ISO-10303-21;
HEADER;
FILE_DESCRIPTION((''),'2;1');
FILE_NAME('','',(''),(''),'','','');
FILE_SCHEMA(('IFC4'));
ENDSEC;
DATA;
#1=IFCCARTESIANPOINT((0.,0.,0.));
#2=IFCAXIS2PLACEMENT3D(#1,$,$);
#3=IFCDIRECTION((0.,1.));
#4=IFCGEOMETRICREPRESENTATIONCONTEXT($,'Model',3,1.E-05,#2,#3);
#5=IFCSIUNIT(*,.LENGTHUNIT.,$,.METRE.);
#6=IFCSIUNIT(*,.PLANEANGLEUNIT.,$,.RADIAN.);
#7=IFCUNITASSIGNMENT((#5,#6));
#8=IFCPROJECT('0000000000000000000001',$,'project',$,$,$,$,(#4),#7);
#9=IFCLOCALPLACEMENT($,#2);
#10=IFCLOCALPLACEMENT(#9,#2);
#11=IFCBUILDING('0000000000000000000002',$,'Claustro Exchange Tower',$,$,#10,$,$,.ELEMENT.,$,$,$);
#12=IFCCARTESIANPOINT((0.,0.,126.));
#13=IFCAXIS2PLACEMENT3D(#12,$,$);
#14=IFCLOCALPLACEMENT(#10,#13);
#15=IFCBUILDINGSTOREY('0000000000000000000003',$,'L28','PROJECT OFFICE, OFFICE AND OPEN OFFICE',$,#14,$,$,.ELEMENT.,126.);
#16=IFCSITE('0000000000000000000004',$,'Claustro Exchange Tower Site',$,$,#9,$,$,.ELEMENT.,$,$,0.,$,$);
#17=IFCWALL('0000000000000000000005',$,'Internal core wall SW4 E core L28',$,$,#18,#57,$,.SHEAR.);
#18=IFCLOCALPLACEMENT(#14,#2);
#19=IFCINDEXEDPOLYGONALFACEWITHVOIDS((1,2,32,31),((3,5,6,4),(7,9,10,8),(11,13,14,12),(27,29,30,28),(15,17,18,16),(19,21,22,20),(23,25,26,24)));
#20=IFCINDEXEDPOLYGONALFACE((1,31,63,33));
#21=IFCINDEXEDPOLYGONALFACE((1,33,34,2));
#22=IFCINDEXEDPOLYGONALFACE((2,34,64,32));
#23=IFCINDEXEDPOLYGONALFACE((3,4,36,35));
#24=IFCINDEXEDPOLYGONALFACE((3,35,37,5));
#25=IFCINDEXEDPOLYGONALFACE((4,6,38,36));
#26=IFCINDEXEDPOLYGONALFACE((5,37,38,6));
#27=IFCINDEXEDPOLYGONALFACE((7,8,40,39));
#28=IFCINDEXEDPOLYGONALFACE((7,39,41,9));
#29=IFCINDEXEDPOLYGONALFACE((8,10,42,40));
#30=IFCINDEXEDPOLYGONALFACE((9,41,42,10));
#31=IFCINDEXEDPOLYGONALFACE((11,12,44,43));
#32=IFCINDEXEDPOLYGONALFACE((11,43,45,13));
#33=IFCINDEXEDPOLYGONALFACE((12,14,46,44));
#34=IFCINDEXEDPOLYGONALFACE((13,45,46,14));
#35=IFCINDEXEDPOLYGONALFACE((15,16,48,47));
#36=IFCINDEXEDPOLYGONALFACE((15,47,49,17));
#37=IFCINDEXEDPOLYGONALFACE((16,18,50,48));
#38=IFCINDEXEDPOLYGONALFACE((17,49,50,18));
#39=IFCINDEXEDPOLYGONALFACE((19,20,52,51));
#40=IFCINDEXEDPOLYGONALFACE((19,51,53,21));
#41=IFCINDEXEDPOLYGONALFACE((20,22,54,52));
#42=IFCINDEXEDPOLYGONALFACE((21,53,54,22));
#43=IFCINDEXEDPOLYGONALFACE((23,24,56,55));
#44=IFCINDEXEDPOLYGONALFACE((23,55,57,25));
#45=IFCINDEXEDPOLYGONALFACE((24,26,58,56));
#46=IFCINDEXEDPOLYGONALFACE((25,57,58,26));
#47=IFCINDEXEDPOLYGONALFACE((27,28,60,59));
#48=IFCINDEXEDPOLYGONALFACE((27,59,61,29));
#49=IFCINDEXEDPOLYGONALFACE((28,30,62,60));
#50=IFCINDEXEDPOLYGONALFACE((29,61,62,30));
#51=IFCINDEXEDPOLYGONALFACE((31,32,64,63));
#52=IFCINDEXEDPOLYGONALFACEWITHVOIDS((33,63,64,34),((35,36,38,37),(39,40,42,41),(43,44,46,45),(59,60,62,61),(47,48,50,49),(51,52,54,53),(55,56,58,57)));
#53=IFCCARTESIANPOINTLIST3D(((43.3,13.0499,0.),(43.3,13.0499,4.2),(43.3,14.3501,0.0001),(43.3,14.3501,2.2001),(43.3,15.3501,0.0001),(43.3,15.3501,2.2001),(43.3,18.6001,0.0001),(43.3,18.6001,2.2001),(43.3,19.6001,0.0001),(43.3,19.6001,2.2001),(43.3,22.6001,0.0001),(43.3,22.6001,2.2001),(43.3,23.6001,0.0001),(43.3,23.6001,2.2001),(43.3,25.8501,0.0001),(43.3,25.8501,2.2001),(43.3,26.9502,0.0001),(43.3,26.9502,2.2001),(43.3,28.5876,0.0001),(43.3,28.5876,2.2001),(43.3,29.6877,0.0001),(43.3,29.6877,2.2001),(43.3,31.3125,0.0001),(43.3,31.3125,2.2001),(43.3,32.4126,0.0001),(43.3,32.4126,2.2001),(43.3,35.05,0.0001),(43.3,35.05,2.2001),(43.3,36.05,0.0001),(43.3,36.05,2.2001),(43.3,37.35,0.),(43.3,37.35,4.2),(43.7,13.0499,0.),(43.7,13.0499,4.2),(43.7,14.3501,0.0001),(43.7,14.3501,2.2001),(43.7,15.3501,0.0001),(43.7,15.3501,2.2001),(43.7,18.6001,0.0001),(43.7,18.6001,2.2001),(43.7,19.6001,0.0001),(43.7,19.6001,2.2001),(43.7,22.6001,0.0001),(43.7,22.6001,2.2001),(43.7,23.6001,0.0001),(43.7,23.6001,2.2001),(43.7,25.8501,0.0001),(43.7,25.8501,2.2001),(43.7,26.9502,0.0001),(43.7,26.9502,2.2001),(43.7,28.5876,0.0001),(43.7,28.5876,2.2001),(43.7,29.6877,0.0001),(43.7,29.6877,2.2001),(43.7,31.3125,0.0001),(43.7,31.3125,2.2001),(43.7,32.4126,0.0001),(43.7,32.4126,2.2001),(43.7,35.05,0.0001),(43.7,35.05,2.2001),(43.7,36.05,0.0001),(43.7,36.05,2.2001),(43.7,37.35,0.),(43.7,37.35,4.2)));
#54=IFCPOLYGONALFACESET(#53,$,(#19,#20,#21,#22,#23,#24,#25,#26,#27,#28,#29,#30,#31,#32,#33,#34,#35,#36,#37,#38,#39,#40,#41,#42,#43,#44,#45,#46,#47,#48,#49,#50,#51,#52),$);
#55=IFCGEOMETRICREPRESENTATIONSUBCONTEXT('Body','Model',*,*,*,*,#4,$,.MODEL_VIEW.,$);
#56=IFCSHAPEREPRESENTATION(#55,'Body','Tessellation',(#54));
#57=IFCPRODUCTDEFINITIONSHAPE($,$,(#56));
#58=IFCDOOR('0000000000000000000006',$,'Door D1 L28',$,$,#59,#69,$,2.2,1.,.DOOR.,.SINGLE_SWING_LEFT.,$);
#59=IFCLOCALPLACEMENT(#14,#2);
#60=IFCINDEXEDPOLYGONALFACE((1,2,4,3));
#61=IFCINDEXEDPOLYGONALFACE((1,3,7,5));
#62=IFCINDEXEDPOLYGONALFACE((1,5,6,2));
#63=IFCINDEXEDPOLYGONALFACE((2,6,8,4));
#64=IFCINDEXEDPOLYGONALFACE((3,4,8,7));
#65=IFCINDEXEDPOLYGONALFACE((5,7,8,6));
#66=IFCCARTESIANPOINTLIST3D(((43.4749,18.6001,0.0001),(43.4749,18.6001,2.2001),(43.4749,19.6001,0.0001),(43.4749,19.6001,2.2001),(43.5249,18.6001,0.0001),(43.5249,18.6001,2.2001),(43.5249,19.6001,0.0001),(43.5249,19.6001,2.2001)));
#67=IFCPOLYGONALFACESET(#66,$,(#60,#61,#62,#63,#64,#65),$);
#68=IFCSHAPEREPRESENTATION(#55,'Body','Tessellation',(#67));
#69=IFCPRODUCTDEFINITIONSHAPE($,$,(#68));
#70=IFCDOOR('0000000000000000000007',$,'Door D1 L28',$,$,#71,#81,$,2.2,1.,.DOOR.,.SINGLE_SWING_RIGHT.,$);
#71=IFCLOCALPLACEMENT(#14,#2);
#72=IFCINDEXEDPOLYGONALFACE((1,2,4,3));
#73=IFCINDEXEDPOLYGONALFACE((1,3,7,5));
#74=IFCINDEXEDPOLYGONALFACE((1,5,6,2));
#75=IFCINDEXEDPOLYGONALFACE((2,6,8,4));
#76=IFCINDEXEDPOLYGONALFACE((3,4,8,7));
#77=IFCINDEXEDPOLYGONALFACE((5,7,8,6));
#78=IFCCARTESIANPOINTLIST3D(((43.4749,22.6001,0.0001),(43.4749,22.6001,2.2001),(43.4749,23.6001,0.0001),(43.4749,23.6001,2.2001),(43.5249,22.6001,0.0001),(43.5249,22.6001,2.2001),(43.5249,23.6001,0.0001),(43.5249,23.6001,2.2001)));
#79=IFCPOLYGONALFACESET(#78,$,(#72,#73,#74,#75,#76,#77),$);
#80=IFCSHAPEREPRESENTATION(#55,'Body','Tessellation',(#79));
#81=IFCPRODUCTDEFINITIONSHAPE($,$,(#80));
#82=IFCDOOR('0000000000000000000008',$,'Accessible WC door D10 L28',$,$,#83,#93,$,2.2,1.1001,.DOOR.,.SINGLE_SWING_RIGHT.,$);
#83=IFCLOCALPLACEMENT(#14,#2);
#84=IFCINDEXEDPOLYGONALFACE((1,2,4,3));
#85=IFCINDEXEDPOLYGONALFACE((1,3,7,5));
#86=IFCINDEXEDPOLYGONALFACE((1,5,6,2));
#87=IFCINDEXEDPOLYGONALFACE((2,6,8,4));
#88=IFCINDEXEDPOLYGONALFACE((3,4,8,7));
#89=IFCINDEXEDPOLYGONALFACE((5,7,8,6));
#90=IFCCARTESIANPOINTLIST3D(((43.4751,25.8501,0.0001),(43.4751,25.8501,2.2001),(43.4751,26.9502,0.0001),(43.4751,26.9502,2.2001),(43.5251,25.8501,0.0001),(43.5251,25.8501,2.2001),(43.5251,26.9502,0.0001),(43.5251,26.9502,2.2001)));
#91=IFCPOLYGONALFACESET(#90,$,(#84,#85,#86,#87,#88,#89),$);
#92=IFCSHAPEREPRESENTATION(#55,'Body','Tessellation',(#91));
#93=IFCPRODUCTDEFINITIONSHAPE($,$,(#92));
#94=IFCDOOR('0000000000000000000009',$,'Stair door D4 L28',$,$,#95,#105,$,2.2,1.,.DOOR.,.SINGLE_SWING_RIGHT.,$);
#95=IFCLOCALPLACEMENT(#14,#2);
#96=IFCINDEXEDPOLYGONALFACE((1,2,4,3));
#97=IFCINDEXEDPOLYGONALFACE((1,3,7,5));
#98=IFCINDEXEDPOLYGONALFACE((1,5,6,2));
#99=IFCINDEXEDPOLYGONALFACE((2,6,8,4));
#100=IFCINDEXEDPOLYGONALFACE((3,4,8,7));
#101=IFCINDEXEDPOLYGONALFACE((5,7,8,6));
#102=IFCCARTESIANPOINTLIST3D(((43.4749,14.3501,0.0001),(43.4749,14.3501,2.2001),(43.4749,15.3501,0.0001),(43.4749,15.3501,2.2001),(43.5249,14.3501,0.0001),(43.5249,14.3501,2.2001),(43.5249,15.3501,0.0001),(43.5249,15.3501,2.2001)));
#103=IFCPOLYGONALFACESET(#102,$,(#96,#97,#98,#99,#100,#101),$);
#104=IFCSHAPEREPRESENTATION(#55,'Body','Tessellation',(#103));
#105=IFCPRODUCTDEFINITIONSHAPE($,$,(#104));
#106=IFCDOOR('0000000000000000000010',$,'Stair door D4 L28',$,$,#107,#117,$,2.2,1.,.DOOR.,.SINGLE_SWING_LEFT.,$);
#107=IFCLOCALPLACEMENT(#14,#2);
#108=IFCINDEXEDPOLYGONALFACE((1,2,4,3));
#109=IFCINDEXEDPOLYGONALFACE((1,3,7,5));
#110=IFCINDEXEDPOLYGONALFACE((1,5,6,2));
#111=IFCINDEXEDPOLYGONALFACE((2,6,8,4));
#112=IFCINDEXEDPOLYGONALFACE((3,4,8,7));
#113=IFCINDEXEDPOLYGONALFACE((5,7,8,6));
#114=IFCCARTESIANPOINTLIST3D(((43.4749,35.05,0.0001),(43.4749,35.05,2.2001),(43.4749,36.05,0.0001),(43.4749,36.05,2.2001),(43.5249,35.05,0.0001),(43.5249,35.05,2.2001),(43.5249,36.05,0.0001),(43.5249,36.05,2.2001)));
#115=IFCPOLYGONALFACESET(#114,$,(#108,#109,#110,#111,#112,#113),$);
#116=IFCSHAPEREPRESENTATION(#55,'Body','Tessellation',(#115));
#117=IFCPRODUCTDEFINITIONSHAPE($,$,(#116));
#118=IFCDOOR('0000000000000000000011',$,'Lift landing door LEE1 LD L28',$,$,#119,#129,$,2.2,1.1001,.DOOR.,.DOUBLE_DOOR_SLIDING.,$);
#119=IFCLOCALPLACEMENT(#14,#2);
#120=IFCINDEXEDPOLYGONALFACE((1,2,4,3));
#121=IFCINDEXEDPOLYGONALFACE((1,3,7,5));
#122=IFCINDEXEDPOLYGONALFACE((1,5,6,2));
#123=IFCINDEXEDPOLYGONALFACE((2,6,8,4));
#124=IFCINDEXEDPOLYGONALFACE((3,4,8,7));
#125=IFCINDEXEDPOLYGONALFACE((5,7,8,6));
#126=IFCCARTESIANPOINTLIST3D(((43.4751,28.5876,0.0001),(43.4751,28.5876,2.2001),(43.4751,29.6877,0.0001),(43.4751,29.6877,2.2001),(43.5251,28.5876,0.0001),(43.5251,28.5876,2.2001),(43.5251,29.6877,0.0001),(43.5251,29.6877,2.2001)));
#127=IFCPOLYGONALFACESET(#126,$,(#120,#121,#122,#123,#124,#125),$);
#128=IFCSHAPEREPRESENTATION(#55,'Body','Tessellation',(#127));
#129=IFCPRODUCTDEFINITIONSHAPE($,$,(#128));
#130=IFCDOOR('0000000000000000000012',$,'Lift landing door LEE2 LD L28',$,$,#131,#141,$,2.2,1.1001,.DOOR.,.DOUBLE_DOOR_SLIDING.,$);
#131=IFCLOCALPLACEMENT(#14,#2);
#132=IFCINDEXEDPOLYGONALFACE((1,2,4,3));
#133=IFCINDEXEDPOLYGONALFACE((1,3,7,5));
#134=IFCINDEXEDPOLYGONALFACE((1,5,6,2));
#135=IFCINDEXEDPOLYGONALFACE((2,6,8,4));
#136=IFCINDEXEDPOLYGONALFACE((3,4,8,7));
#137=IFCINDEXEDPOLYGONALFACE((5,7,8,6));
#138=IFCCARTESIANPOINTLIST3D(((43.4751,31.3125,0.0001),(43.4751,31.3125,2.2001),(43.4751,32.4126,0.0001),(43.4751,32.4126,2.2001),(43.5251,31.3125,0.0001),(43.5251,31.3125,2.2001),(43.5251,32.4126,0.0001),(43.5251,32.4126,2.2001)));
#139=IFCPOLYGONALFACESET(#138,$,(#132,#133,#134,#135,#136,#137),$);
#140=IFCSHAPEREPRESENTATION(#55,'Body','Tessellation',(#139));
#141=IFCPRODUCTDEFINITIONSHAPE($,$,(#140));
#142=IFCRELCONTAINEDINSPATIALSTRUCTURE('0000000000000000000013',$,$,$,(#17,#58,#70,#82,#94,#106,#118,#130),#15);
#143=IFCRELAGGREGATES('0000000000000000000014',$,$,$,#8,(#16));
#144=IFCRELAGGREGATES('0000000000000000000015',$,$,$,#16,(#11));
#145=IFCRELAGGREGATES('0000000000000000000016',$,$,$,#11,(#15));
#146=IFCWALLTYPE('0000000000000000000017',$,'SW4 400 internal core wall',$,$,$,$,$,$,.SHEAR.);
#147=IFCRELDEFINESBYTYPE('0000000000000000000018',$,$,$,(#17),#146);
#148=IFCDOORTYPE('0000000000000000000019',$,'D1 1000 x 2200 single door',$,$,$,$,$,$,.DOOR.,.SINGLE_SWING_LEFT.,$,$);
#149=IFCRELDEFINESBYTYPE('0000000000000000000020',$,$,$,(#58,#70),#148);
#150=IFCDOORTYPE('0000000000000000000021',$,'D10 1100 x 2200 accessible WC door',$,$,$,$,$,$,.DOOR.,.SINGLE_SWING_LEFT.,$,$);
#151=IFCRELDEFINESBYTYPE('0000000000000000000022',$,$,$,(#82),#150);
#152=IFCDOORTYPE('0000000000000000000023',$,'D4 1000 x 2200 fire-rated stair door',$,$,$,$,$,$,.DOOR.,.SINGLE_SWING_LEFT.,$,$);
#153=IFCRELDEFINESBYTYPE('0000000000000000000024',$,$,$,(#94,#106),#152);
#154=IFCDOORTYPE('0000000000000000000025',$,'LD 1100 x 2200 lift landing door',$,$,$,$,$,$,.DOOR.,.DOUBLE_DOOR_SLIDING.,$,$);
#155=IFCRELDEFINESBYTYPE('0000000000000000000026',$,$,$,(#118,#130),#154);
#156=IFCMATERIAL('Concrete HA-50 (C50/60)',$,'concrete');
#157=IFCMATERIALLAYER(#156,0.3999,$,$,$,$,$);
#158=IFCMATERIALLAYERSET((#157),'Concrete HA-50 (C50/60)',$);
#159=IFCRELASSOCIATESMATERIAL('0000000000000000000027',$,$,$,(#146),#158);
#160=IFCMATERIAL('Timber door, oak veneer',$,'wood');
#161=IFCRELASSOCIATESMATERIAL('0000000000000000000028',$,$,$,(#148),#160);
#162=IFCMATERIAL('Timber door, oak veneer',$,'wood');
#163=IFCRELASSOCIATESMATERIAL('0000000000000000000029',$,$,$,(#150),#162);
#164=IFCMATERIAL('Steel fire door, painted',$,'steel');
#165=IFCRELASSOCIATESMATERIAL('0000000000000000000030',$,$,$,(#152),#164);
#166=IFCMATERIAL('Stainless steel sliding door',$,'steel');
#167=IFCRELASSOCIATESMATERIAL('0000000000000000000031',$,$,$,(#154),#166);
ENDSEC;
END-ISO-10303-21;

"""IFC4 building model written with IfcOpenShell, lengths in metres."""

from ifc_helpers import new_model, si_unit, direction, frame, frame_2d, origin, place, context, subcontext, project, spatial, rectangle, extrude, material, layer, layer_set, type_object, element, fill, save


model = new_model("IFC4")

# Units and contexts
model_context = context("Model", 3, precision=1e-05, world=origin(), true_north=direction((0.0, 1.0)))
body_context = subcontext(model_context, "Body", "Model", "MODEL_VIEW")
ifc_project = project(units=[si_unit("LENGTHUNIT", "METRE"), si_unit("PLANEANGLEUNIT", "RADIAN")], contexts=[model_context])

# Site, building, storey
site_placement = place(None, origin())
site = spatial("IfcSite", under=ifc_project, at=site_placement, Name="Claustro Exchange Tower Site", CompositionType="ELEMENT", RefElevation=0.0)
building_placement = place(site_placement, origin())
building = spatial("IfcBuilding", under=site, at=building_placement, Name="Claustro Exchange Tower", CompositionType="ELEMENT")
storey_placement = place(building_placement, frame((0.0, 0.0, 126.0)))
storey = spatial("IfcBuildingStorey", under=building, at=storey_placement, Name="L28", Description="PROJECT OFFICE, OFFICE AND OPEN OFFICE", CompositionType="ELEMENT", Elevation=126.0)

# Wall, openings, doors
ifc_material_1 = material(Name="Concrete HA-50 (C50/60)", Category="concrete")
ifc_layer_1 = layer(ifc_material_1, 0.3999)
ifc_layer_set_1 = layer_set([ifc_layer_1], Name="Concrete HA-50 (C50/60)")
wall_type_1 = type_object("IfcWallType", Name="SW4 400 internal core wall", PredefinedType="SHEAR", material=ifc_layer_set_1)
wall_1_placement = place(storey_placement, frame((43.5, 13.05, 0.0), z_axis=(0.0, 0.0, 1.0), x_axis=(0.0, 1.0, 0.0)))
wall_1 = element("IfcWall", 1, at=wall_1_placement, inside=storey, type_object=wall_type_1, Name="Internal core wall SW4 E core L28", PredefinedType="SHEAR", context=body_context, shape_type="SweptSolid", body=[
    extrude(rectangle(XDim=24.3, YDim=0.3999, at=frame_2d((12.1499, 0.0))), origin(), (0.0, 0.0, 1.0), 4.2),
])
opening_1_placement = place(wall_1_placement, frame((1.3, 0.0, 0.0)))
opening_1 = element("IfcOpeningElement", 2, at=opening_1_placement, cuts=wall_1, PredefinedType="OPENING", context=body_context, shape_type="SweptSolid", body=[
    extrude(rectangle(XDim=1.0, YDim=2.2, at=frame_2d((0.5, 1.1001))), frame((0.0, 0.21, 0.0), z_axis=(0.0, -1.0, 0.0), x_axis=(1.0, 0.0, 0.0)), (0.0, 0.0, 1.0), 0.4199),
])
opening_2_placement = place(wall_1_placement, frame((22.0, 0.0, 0.0)))
opening_2 = element("IfcOpeningElement", 3, at=opening_2_placement, cuts=wall_1, PredefinedType="OPENING", context=body_context, shape_type="SweptSolid", body=[
    extrude(rectangle(XDim=1.0, YDim=2.2, at=frame_2d((0.5, 1.1001))), frame((0.0, 0.21, 0.0), z_axis=(0.0, -1.0, 0.0), x_axis=(1.0, 0.0, 0.0)), (0.0, 0.0, 1.0), 0.4199),
])
opening_3_placement = place(wall_1_placement, frame((5.55, 0.0, 0.0)))
opening_3 = element("IfcOpeningElement", 4, at=opening_3_placement, cuts=wall_1, PredefinedType="OPENING", context=body_context, shape_type="SweptSolid", body=[
    extrude(rectangle(XDim=1.0, YDim=2.2, at=frame_2d((0.5, 1.1001))), frame((0.0, 0.21, 0.0), z_axis=(0.0, -1.0, 0.0), x_axis=(1.0, 0.0, 0.0)), (0.0, 0.0, 1.0), 0.4199),
])
opening_4_placement = place(wall_1_placement, frame((9.55, 0.0, 0.0)))
opening_4 = element("IfcOpeningElement", 5, at=opening_4_placement, cuts=wall_1, PredefinedType="OPENING", context=body_context, shape_type="SweptSolid", body=[
    extrude(rectangle(XDim=1.0, YDim=2.2, at=frame_2d((0.5, 1.1001))), frame((0.0, 0.21, 0.0), z_axis=(0.0, -1.0, 0.0), x_axis=(1.0, 0.0, 0.0)), (0.0, 0.0, 1.0), 0.4199),
])
opening_5_placement = place(wall_1_placement, frame((12.8, 0.0, 0.0)))
opening_5 = element("IfcOpeningElement", 6, at=opening_5_placement, cuts=wall_1, PredefinedType="OPENING", context=body_context, shape_type="SweptSolid", body=[
    extrude(rectangle(XDim=1.1001, YDim=2.2, at=frame_2d((0.55, 1.1001))), frame((0.0, 0.21, 0.0), z_axis=(0.0, -1.0, 0.0), x_axis=(1.0, 0.0, 0.0)), (0.0, 0.0, 1.0), 0.4199),
])
opening_6_placement = place(wall_1_placement, frame((15.5376, 0.0, 0.0)))
opening_6 = element("IfcOpeningElement", 7, at=opening_6_placement, cuts=wall_1, PredefinedType="OPENING", context=body_context, shape_type="SweptSolid", body=[
    extrude(rectangle(XDim=1.1001, YDim=2.2, at=frame_2d((0.55, 1.1001))), frame((0.0, 0.21, 0.0), z_axis=(0.0, -1.0, 0.0), x_axis=(1.0, 0.0, 0.0)), (0.0, 0.0, 1.0), 0.4199),
])
opening_7_placement = place(wall_1_placement, frame((18.2625, 0.0, 0.0)))
opening_7 = element("IfcOpeningElement", 8, at=opening_7_placement, cuts=wall_1, PredefinedType="OPENING", context=body_context, shape_type="SweptSolid", body=[
    extrude(rectangle(XDim=1.1001, YDim=2.2, at=frame_2d((0.55, 1.1001))), frame((0.0, 0.21, 0.0), z_axis=(0.0, -1.0, 0.0), x_axis=(1.0, 0.0, 0.0)), (0.0, 0.0, 1.0), 0.4199),
])
ifc_material_2 = material(Name="Timber door, oak veneer", Category="wood")
door_type_1 = type_object("IfcDoorType", Name="D1 1000 x 2200 single door", OperationType="SINGLE_SWING_LEFT", PredefinedType="DOOR", material=ifc_material_2)
door_1_placement = place(opening_3_placement, frame((1.0, 0.0, 0.0), z_axis=(0.0, 0.0, 1.0), x_axis=(-1.0, 0.0, 0.0)))
door_1 = element("IfcDoor", 9, at=door_1_placement, inside=storey, type_object=door_type_1, Name="Door D1 L28", OperationType="SINGLE_SWING_LEFT", OverallHeight=2.2, OverallWidth=1.0, PredefinedType="DOOR", context=body_context, shape_type="SweptSolid", body=[
    extrude(rectangle(XDim=1.0, YDim=2.2, at=frame_2d((0.5, 1.1001))), frame((0.0, 0.0249, 0.0), z_axis=(0.0, -1.0, 0.0), x_axis=(1.0, 0.0, 0.0)), (0.0, 0.0, 1.0), 0.05),
])
fill(opening_3, door_1)
door_2_placement = place(opening_4_placement, frame((1.0, 0.0, 0.0), z_axis=(0.0, 0.0, 1.0), x_axis=(-1.0, 0.0, 0.0)))
door_2 = element("IfcDoor", 10, at=door_2_placement, inside=storey, type_object=door_type_1, Name="Door D1 L28", OperationType="SINGLE_SWING_RIGHT", OverallHeight=2.2, OverallWidth=1.0, PredefinedType="DOOR", context=body_context, shape_type="SweptSolid", body=[
    extrude(rectangle(XDim=1.0, YDim=2.2, at=frame_2d((0.5, 1.1001))), frame((0.0, 0.0249, 0.0), z_axis=(0.0, -1.0, 0.0), x_axis=(1.0, 0.0, 0.0)), (0.0, 0.0, 1.0), 0.05),
])
fill(opening_4, door_2)
ifc_material_3 = material(Name="Timber door, oak veneer", Category="wood")
door_type_2 = type_object("IfcDoorType", Name="D10 1100 x 2200 accessible WC door", OperationType="SINGLE_SWING_LEFT", PredefinedType="DOOR", material=ifc_material_3)
door_3_placement = place(opening_5_placement, origin())
door_3 = element("IfcDoor", 11, at=door_3_placement, inside=storey, type_object=door_type_2, Name="Accessible WC door D10 L28", OperationType="SINGLE_SWING_RIGHT", OverallHeight=2.2, OverallWidth=1.1001, PredefinedType="DOOR", context=body_context, shape_type="SweptSolid", body=[
    extrude(rectangle(XDim=1.1001, YDim=2.2, at=frame_2d((0.55, 1.1001))), frame((0.0, 0.0249, 0.0), z_axis=(0.0, -1.0, 0.0), x_axis=(1.0, 0.0, 0.0)), (0.0, 0.0, 1.0), 0.05),
])
fill(opening_5, door_3)
ifc_material_4 = material(Name="Steel fire door, painted", Category="steel")
door_type_3 = type_object("IfcDoorType", Name="D4 1000 x 2200 fire-rated stair door", OperationType="SINGLE_SWING_LEFT", PredefinedType="DOOR", material=ifc_material_4)
door_4_placement = place(opening_1_placement, frame((1.0, 0.0, 0.0), z_axis=(0.0, 0.0, 1.0), x_axis=(-1.0, 0.0, 0.0)))
door_4 = element("IfcDoor", 12, at=door_4_placement, inside=storey, type_object=door_type_3, Name="Stair door D4 L28", OperationType="SINGLE_SWING_RIGHT", OverallHeight=2.2, OverallWidth=1.0, PredefinedType="DOOR", context=body_context, shape_type="SweptSolid", body=[
    extrude(rectangle(XDim=1.0, YDim=2.2, at=frame_2d((0.5, 1.1001))), frame((0.0, 0.0249, 0.0), z_axis=(0.0, -1.0, 0.0), x_axis=(1.0, 0.0, 0.0)), (0.0, 0.0, 1.0), 0.05),
])
fill(opening_1, door_4)
door_5_placement = place(opening_2_placement, frame((1.0, 0.0, 0.0), z_axis=(0.0, 0.0, 1.0), x_axis=(-1.0, 0.0, 0.0)))
door_5 = element("IfcDoor", 13, at=door_5_placement, inside=storey, type_object=door_type_3, Name="Stair door D4 L28", OperationType="SINGLE_SWING_LEFT", OverallHeight=2.2, OverallWidth=1.0, PredefinedType="DOOR", context=body_context, shape_type="SweptSolid", body=[
    extrude(rectangle(XDim=1.0, YDim=2.2, at=frame_2d((0.5, 1.1001))), frame((0.0, 0.0249, 0.0), z_axis=(0.0, -1.0, 0.0), x_axis=(1.0, 0.0, 0.0)), (0.0, 0.0, 1.0), 0.05),
])
fill(opening_2, door_5)
ifc_material_5 = material(Name="Stainless steel sliding door", Category="steel")
door_type_4 = type_object("IfcDoorType", Name="LD 1100 x 2200 lift landing door", OperationType="DOUBLE_DOOR_SLIDING", PredefinedType="DOOR", material=ifc_material_5)
door_6_placement = place(opening_6_placement, origin())
door_6 = element("IfcDoor", 14, at=door_6_placement, inside=storey, type_object=door_type_4, Name="Lift landing door LEE1 LD L28", OperationType="DOUBLE_DOOR_SLIDING", OverallHeight=2.2, OverallWidth=1.1001, PredefinedType="DOOR", context=body_context, shape_type="SweptSolid", body=[
    extrude(rectangle(XDim=1.1001, YDim=2.2, at=frame_2d((0.55, 1.1001))), frame((0.0, 0.0249, 0.0), z_axis=(0.0, -1.0, 0.0), x_axis=(1.0, 0.0, 0.0)), (0.0, 0.0, 1.0), 0.05),
])
fill(opening_6, door_6)
door_7_placement = place(opening_7_placement, origin())
door_7 = element("IfcDoor", 15, at=door_7_placement, inside=storey, type_object=door_type_4, Name="Lift landing door LEE2 LD L28", OperationType="DOUBLE_DOOR_SLIDING", OverallHeight=2.2, OverallWidth=1.1001, PredefinedType="DOOR", context=body_context, shape_type="SweptSolid", body=[
    extrude(rectangle(XDim=1.1001, YDim=2.2, at=frame_2d((0.55, 1.1001))), frame((0.0, 0.0249, 0.0), z_axis=(0.0, -1.0, 0.0), x_axis=(1.0, 0.0, 0.0)), (0.0, 0.0, 1.0), 0.05),
])
fill(opening_7, door_7)

save(model, "model.ifc")
